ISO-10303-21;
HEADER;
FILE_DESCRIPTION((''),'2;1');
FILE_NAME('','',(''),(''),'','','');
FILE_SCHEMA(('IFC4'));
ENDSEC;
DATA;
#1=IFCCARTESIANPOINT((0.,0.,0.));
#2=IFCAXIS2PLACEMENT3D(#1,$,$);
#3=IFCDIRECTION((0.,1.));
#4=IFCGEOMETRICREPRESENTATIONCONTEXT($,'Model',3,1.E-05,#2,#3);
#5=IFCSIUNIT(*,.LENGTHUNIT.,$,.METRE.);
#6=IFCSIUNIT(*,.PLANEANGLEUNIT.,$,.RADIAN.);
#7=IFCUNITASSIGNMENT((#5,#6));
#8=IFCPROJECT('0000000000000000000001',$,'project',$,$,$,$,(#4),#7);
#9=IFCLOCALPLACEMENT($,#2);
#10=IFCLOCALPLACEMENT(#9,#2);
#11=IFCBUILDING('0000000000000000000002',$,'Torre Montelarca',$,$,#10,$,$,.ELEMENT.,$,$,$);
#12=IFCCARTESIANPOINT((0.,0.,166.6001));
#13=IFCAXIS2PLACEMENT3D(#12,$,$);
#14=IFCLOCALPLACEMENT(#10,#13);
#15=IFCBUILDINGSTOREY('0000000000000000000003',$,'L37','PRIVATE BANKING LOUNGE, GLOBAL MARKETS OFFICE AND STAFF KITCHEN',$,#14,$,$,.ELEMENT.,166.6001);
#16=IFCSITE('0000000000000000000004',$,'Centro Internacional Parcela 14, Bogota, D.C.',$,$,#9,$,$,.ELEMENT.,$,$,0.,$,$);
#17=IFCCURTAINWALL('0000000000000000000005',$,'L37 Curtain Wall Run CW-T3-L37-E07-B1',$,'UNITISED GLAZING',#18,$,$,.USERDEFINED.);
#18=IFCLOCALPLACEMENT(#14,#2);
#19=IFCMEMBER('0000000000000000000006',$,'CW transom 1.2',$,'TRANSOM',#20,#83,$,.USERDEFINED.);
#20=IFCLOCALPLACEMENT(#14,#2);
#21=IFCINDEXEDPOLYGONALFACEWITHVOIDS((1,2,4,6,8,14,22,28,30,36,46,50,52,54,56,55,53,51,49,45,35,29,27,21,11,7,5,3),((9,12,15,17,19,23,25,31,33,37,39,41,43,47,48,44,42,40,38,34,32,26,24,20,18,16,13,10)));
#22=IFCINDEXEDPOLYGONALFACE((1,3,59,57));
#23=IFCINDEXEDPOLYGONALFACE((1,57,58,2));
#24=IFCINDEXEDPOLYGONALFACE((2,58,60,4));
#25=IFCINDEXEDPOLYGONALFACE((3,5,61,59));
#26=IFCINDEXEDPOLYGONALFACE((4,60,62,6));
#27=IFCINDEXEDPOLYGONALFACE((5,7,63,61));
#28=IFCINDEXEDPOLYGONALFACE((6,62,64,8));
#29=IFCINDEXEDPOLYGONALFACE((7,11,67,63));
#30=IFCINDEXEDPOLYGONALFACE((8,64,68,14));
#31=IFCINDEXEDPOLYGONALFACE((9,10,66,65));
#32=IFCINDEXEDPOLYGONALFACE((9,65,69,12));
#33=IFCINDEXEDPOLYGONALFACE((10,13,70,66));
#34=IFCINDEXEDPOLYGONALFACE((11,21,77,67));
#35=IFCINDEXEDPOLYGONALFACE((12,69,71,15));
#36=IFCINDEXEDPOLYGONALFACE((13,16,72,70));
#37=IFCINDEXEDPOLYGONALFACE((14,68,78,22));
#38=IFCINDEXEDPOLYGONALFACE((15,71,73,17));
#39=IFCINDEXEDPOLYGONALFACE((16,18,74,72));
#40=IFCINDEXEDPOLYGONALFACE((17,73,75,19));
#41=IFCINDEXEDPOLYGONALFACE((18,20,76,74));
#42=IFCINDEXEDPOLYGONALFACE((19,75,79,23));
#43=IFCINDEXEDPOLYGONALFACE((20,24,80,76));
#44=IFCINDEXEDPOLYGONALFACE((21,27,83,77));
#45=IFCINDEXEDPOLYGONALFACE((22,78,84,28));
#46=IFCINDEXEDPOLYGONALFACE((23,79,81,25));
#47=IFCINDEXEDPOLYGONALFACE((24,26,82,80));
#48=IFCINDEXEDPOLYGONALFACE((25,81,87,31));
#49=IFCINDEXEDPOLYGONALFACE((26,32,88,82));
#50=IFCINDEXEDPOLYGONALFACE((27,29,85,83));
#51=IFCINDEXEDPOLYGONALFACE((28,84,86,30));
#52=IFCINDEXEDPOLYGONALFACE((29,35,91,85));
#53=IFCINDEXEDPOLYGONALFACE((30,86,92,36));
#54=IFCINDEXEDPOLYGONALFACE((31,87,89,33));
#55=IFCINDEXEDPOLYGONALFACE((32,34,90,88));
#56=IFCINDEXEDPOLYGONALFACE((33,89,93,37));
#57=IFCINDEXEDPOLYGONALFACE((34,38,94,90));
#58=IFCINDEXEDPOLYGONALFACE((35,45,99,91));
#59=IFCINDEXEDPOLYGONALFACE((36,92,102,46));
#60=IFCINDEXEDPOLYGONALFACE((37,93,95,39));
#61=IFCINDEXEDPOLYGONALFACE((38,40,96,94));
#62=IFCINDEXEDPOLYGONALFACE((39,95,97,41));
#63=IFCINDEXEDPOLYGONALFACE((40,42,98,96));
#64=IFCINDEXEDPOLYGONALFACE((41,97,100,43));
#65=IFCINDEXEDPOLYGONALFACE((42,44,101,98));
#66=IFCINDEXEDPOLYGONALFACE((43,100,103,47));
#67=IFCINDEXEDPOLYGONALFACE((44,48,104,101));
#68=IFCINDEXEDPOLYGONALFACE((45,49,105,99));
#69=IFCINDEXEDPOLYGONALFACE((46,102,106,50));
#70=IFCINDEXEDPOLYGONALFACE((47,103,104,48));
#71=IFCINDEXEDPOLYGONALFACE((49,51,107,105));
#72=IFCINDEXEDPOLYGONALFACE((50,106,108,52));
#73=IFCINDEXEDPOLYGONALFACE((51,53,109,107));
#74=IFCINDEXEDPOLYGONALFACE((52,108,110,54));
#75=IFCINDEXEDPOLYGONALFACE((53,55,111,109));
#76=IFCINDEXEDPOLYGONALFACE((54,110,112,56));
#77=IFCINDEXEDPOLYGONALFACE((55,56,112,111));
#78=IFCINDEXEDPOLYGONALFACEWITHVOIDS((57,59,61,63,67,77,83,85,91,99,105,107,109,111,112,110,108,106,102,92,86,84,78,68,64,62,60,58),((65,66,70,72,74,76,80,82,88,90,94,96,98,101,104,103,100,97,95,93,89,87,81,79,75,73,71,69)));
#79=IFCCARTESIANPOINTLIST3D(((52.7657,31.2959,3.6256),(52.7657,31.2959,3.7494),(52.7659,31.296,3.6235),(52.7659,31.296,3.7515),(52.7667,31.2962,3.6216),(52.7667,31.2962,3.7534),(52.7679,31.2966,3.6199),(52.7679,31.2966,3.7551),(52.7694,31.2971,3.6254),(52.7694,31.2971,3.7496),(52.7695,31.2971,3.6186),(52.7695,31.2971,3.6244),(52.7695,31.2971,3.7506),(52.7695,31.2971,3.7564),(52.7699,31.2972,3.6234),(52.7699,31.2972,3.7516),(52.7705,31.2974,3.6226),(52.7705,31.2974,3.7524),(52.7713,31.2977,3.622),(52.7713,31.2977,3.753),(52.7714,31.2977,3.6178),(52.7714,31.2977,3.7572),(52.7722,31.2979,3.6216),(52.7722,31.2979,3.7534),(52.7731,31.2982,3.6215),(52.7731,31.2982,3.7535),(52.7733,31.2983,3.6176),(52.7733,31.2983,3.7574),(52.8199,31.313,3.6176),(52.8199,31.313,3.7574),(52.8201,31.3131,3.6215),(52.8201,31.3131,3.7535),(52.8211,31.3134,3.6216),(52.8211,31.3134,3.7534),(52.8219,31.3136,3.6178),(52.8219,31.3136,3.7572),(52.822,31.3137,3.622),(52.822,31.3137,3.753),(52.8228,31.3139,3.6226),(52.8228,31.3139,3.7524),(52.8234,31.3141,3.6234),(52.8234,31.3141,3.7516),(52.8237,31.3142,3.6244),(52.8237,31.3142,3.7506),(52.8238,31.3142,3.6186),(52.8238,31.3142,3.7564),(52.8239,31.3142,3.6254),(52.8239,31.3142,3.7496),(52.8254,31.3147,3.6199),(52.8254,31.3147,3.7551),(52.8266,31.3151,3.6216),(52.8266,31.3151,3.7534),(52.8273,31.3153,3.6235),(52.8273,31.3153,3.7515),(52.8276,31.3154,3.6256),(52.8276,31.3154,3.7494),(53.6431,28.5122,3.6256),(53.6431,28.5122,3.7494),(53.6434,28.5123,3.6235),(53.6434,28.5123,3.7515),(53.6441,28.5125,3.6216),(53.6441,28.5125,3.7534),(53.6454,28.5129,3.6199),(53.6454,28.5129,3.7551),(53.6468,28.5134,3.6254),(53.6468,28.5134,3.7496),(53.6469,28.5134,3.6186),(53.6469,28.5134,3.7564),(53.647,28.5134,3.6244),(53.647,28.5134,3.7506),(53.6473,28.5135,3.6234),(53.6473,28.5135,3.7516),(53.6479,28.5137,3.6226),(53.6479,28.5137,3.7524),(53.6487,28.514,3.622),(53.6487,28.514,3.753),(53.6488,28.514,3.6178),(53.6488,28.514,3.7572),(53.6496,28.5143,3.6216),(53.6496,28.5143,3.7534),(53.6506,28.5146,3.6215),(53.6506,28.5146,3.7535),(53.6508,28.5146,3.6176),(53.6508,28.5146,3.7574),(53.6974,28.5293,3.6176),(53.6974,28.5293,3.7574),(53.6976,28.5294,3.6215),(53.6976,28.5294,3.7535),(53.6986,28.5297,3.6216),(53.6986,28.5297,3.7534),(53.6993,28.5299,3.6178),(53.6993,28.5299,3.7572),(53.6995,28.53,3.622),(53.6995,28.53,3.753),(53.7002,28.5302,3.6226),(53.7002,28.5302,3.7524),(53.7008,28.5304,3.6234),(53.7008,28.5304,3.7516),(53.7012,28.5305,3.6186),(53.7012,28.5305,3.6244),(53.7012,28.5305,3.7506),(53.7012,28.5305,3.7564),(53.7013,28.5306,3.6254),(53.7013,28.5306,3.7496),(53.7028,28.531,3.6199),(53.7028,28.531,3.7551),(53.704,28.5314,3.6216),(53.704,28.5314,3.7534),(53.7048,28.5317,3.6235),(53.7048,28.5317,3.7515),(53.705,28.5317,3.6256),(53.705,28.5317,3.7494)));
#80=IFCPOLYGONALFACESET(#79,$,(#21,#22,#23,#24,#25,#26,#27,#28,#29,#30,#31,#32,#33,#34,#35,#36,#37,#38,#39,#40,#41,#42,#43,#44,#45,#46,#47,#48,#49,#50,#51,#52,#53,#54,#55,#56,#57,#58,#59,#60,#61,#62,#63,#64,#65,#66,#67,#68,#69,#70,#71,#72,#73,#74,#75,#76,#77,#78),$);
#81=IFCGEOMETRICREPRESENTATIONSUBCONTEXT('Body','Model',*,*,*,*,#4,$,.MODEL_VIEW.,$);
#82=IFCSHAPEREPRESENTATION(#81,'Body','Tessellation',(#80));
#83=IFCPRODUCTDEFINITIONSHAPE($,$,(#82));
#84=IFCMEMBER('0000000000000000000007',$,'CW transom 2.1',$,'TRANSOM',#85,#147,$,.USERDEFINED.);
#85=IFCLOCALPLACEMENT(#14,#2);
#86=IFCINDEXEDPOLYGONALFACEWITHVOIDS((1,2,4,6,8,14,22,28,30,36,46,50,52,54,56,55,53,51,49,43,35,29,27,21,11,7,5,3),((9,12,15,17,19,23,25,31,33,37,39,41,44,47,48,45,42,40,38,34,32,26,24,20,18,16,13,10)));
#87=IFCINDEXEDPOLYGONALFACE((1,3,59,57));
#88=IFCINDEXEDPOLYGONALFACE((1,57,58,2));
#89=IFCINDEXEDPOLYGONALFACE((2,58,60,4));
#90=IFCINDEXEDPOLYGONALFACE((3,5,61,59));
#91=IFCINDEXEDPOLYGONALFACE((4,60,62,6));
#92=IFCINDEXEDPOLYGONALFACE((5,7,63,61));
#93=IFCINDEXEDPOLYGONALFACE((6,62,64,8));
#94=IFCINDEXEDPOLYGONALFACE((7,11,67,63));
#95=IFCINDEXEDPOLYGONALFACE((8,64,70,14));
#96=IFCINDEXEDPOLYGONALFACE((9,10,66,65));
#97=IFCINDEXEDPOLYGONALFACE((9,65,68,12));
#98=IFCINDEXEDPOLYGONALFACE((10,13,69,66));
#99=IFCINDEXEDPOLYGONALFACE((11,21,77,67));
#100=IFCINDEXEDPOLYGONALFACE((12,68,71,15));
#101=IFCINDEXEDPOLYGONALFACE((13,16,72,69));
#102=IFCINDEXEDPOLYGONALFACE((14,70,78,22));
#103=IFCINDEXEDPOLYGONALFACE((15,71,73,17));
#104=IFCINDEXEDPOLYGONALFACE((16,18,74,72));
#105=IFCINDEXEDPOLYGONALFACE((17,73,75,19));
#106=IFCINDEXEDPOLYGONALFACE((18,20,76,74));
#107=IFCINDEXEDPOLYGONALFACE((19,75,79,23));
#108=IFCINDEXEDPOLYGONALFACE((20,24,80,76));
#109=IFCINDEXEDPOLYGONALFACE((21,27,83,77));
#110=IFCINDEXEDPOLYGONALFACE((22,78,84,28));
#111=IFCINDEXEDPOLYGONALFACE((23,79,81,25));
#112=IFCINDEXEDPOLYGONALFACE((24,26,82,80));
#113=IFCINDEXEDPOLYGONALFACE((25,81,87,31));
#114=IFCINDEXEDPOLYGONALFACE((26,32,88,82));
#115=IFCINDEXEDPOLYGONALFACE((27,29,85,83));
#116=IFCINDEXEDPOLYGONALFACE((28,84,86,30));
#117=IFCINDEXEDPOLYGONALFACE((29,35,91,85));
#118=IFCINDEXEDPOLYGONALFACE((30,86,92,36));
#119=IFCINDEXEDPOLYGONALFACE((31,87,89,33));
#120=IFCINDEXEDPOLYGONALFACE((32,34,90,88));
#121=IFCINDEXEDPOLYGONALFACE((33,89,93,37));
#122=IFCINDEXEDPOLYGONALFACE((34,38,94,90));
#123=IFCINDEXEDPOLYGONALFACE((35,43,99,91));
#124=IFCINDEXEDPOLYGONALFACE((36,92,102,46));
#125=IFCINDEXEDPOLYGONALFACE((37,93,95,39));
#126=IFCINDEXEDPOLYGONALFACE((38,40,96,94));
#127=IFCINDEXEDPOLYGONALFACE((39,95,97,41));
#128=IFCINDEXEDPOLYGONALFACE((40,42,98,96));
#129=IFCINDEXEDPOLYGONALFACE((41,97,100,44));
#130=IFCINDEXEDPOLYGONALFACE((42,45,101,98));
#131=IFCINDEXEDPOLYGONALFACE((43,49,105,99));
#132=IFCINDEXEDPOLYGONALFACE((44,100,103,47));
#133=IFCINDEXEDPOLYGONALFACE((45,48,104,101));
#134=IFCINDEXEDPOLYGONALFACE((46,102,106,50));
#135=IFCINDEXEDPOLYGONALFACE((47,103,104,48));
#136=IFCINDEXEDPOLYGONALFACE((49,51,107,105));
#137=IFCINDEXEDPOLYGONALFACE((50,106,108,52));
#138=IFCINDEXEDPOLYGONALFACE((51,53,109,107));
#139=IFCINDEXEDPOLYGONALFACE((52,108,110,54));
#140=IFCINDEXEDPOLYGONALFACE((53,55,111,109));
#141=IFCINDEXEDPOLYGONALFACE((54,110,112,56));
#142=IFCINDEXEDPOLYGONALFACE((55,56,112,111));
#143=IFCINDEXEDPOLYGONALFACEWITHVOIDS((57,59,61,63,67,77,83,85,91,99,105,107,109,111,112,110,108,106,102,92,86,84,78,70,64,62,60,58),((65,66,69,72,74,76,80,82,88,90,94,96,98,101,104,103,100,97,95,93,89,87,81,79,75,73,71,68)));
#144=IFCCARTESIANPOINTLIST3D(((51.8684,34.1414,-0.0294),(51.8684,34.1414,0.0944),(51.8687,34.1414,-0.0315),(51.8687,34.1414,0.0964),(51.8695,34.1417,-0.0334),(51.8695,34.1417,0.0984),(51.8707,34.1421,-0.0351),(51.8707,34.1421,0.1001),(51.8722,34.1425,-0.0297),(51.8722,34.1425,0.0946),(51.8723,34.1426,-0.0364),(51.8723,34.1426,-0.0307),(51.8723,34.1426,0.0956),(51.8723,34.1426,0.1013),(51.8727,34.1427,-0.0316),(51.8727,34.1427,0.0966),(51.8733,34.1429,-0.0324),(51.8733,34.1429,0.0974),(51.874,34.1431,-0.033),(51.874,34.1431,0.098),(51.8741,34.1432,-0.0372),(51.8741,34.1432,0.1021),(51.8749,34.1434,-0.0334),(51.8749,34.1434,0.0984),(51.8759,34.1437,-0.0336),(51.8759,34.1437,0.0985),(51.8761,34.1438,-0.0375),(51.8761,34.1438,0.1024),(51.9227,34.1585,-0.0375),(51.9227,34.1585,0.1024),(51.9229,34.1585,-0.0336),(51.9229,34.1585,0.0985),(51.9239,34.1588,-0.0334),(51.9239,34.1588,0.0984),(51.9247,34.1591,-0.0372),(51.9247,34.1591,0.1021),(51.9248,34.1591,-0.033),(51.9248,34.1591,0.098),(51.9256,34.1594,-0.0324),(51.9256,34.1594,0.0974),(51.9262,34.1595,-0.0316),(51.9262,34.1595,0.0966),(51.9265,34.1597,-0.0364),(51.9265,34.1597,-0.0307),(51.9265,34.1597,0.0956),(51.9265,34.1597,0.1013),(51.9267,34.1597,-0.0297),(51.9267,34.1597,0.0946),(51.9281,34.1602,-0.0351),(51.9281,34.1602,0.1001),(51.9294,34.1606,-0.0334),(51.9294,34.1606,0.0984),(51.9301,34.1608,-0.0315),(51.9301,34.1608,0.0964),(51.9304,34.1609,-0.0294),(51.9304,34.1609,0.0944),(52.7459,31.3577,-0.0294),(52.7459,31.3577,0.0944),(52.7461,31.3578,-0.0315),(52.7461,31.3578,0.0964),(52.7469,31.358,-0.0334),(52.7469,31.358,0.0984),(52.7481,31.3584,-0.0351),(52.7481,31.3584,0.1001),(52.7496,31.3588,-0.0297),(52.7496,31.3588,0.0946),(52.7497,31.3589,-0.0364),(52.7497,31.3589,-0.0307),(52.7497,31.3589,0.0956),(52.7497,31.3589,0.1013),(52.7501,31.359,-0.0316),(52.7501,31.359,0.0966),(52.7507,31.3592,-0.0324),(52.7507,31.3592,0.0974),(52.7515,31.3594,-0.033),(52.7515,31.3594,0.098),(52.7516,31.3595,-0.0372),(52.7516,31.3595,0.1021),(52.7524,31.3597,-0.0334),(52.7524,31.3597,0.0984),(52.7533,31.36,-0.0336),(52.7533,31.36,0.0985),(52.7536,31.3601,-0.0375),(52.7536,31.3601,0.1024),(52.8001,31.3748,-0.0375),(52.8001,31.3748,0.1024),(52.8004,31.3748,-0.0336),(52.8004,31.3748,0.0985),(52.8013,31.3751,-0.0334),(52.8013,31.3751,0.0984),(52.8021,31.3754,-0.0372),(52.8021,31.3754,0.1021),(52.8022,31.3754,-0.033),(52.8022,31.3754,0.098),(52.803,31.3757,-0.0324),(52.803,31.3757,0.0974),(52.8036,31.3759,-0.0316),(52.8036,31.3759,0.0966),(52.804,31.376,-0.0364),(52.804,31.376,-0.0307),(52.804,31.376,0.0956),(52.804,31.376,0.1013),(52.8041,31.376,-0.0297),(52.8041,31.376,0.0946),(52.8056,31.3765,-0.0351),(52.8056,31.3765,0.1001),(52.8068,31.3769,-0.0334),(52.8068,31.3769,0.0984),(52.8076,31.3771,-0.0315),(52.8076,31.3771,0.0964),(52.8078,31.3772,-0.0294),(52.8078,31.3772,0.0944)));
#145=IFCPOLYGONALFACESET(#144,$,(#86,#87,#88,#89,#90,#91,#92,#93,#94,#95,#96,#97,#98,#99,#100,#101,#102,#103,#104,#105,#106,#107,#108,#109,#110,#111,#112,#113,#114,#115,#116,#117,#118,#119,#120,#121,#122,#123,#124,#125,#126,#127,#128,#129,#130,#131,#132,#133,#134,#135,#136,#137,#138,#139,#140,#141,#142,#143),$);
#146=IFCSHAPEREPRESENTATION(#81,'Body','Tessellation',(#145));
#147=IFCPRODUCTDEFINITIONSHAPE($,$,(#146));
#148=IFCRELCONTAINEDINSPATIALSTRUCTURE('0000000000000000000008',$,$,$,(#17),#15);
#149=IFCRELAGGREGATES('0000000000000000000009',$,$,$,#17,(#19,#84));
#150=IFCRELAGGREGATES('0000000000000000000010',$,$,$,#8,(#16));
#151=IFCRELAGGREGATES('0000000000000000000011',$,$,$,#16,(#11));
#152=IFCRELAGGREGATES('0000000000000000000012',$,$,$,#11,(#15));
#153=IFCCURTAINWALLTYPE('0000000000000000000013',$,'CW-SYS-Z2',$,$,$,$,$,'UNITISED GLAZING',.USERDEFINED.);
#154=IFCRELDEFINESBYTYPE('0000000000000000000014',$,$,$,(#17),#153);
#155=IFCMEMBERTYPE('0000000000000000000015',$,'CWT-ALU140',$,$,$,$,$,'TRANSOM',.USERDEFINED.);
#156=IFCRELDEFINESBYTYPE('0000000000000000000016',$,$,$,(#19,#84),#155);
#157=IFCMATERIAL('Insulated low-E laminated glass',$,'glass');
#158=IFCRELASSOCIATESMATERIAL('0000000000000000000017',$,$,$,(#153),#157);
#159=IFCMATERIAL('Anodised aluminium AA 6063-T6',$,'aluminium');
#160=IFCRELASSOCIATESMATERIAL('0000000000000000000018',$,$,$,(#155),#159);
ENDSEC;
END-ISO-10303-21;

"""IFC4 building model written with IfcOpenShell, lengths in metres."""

from ifc_helpers import new_model, si_unit, direction, frame, origin, origin_2d, place, context, subcontext, project, spatial, hollow_rectangle, extrude, source, transform, mapped, material, material_profile, profile_set, type_object, element, aggregate, save


model = new_model("IFC4")

# Units and contexts
model_context = context("Model", 3, precision=1e-05, world=origin(), true_north=direction((0.0, 1.0)))
body_context = subcontext(model_context, "Body", "Model", "MODEL_VIEW")
ifc_project = project(units=[si_unit("LENGTHUNIT", "METRE"), si_unit("PLANEANGLEUNIT", "RADIAN")], contexts=[model_context])

# Site, building, storey
site_placement = place(None, origin())
site = spatial("IfcSite", under=ifc_project, at=site_placement, Name="Centro Internacional Parcela 14, Bogota, D.C.", CompositionType="ELEMENT", RefElevation=0.0)
building_placement = place(site_placement, origin())
building = spatial("IfcBuilding", under=site, at=building_placement, Name="Torre Montelarca", CompositionType="ELEMENT")
storey_placement = place(building_placement, frame((0.0, 0.0, 166.6001)))
storey = spatial("IfcBuildingStorey", under=building, at=storey_placement, Name="L37", Description="PRIVATE BANKING LOUNGE, GLOBAL MARKETS OFFICE AND STAFF KITCHEN", CompositionType="ELEMENT", Elevation=166.6001)

# Curtain wall, members
ifc_material_1 = material(Name="Insulated low-E laminated glass", Category="glass")
curtain_wall_type = type_object("IfcCurtainWallType", Name="CW-SYS-Z2", ElementType="UNITISED GLAZING", PredefinedType="USERDEFINED", material=ifc_material_1)
curtain_wall_1_placement = place(storey_placement, origin())
curtain_wall_1 = element("IfcCurtainWall", 1, at=curtain_wall_1_placement, inside=storey, type_object=curtain_wall_type, Name="L37 Curtain Wall Run CW-T3-L37-E07-B1", ObjectType="UNITISED GLAZING", PredefinedType="USERDEFINED")
ifc_material_2 = material(Name="Anodised aluminium AA 6063-T6", Category="aluminium")
ifc_material_profile_1 = material_profile(ifc_material_2, hollow_rectangle(XDim=0.0649, YDim=0.1399, WallThickness=0.0039, InnerFilletRadius=0.0039, OuterFilletRadius=0.0081, at=origin_2d()), Name="ALU65X140X4", Category="aluminium")
ifc_profile_set_1 = profile_set([ifc_material_profile_1], Name="Anodised aluminium AA 6063-T6")
member_type_1 = type_object("IfcMemberType", Name="CWT-ALU140", ElementType="TRANSOM", PredefinedType="USERDEFINED", material=ifc_profile_set_1)
shared_shape_1 = source(origin(), body_context, "Body", "SweptSolid", [
    extrude(hollow_rectangle(XDim=0.0649, YDim=0.1399, WallThickness=0.0039, InnerFilletRadius=0.0039, OuterFilletRadius=0.0081, at=origin_2d()), origin(), (0.0, 0.0, 1.0), 2.9187),
])
member_1_placement = place(storey_placement, frame((53.6741, 28.522, 3.6875), z_axis=(-0.300627, 0.953742, 0.0), x_axis=(-0.953742, -0.300627, 0.0)))
member_1 = element("IfcMember", 2, at=member_1_placement, type_object=member_type_1, Name="CW transom 1.2", ObjectType="TRANSOM", PredefinedType="USERDEFINED", context=body_context, shape_type="MappedRepresentation", body=[
    mapped(shared_shape_1, transform((0.0, 0.0, 0.0), scale=1.0)),
])
member_2_placement = place(storey_placement, frame((52.7769, 31.3674, 0.0325), z_axis=(-0.300627, 0.953742, 0.0), x_axis=(-0.953742, -0.300627, 0.0)))
member_2 = element("IfcMember", 3, at=member_2_placement, type_object=member_type_1, Name="CW transom 2.1", ObjectType="TRANSOM", PredefinedType="USERDEFINED", context=body_context, shape_type="MappedRepresentation", body=[
    mapped(shared_shape_1, transform((0.0, 0.0, 0.0), scale=1.0)),
])

aggregate(curtain_wall_1, [member_1, member_2])

save(model, "model.ifc")
